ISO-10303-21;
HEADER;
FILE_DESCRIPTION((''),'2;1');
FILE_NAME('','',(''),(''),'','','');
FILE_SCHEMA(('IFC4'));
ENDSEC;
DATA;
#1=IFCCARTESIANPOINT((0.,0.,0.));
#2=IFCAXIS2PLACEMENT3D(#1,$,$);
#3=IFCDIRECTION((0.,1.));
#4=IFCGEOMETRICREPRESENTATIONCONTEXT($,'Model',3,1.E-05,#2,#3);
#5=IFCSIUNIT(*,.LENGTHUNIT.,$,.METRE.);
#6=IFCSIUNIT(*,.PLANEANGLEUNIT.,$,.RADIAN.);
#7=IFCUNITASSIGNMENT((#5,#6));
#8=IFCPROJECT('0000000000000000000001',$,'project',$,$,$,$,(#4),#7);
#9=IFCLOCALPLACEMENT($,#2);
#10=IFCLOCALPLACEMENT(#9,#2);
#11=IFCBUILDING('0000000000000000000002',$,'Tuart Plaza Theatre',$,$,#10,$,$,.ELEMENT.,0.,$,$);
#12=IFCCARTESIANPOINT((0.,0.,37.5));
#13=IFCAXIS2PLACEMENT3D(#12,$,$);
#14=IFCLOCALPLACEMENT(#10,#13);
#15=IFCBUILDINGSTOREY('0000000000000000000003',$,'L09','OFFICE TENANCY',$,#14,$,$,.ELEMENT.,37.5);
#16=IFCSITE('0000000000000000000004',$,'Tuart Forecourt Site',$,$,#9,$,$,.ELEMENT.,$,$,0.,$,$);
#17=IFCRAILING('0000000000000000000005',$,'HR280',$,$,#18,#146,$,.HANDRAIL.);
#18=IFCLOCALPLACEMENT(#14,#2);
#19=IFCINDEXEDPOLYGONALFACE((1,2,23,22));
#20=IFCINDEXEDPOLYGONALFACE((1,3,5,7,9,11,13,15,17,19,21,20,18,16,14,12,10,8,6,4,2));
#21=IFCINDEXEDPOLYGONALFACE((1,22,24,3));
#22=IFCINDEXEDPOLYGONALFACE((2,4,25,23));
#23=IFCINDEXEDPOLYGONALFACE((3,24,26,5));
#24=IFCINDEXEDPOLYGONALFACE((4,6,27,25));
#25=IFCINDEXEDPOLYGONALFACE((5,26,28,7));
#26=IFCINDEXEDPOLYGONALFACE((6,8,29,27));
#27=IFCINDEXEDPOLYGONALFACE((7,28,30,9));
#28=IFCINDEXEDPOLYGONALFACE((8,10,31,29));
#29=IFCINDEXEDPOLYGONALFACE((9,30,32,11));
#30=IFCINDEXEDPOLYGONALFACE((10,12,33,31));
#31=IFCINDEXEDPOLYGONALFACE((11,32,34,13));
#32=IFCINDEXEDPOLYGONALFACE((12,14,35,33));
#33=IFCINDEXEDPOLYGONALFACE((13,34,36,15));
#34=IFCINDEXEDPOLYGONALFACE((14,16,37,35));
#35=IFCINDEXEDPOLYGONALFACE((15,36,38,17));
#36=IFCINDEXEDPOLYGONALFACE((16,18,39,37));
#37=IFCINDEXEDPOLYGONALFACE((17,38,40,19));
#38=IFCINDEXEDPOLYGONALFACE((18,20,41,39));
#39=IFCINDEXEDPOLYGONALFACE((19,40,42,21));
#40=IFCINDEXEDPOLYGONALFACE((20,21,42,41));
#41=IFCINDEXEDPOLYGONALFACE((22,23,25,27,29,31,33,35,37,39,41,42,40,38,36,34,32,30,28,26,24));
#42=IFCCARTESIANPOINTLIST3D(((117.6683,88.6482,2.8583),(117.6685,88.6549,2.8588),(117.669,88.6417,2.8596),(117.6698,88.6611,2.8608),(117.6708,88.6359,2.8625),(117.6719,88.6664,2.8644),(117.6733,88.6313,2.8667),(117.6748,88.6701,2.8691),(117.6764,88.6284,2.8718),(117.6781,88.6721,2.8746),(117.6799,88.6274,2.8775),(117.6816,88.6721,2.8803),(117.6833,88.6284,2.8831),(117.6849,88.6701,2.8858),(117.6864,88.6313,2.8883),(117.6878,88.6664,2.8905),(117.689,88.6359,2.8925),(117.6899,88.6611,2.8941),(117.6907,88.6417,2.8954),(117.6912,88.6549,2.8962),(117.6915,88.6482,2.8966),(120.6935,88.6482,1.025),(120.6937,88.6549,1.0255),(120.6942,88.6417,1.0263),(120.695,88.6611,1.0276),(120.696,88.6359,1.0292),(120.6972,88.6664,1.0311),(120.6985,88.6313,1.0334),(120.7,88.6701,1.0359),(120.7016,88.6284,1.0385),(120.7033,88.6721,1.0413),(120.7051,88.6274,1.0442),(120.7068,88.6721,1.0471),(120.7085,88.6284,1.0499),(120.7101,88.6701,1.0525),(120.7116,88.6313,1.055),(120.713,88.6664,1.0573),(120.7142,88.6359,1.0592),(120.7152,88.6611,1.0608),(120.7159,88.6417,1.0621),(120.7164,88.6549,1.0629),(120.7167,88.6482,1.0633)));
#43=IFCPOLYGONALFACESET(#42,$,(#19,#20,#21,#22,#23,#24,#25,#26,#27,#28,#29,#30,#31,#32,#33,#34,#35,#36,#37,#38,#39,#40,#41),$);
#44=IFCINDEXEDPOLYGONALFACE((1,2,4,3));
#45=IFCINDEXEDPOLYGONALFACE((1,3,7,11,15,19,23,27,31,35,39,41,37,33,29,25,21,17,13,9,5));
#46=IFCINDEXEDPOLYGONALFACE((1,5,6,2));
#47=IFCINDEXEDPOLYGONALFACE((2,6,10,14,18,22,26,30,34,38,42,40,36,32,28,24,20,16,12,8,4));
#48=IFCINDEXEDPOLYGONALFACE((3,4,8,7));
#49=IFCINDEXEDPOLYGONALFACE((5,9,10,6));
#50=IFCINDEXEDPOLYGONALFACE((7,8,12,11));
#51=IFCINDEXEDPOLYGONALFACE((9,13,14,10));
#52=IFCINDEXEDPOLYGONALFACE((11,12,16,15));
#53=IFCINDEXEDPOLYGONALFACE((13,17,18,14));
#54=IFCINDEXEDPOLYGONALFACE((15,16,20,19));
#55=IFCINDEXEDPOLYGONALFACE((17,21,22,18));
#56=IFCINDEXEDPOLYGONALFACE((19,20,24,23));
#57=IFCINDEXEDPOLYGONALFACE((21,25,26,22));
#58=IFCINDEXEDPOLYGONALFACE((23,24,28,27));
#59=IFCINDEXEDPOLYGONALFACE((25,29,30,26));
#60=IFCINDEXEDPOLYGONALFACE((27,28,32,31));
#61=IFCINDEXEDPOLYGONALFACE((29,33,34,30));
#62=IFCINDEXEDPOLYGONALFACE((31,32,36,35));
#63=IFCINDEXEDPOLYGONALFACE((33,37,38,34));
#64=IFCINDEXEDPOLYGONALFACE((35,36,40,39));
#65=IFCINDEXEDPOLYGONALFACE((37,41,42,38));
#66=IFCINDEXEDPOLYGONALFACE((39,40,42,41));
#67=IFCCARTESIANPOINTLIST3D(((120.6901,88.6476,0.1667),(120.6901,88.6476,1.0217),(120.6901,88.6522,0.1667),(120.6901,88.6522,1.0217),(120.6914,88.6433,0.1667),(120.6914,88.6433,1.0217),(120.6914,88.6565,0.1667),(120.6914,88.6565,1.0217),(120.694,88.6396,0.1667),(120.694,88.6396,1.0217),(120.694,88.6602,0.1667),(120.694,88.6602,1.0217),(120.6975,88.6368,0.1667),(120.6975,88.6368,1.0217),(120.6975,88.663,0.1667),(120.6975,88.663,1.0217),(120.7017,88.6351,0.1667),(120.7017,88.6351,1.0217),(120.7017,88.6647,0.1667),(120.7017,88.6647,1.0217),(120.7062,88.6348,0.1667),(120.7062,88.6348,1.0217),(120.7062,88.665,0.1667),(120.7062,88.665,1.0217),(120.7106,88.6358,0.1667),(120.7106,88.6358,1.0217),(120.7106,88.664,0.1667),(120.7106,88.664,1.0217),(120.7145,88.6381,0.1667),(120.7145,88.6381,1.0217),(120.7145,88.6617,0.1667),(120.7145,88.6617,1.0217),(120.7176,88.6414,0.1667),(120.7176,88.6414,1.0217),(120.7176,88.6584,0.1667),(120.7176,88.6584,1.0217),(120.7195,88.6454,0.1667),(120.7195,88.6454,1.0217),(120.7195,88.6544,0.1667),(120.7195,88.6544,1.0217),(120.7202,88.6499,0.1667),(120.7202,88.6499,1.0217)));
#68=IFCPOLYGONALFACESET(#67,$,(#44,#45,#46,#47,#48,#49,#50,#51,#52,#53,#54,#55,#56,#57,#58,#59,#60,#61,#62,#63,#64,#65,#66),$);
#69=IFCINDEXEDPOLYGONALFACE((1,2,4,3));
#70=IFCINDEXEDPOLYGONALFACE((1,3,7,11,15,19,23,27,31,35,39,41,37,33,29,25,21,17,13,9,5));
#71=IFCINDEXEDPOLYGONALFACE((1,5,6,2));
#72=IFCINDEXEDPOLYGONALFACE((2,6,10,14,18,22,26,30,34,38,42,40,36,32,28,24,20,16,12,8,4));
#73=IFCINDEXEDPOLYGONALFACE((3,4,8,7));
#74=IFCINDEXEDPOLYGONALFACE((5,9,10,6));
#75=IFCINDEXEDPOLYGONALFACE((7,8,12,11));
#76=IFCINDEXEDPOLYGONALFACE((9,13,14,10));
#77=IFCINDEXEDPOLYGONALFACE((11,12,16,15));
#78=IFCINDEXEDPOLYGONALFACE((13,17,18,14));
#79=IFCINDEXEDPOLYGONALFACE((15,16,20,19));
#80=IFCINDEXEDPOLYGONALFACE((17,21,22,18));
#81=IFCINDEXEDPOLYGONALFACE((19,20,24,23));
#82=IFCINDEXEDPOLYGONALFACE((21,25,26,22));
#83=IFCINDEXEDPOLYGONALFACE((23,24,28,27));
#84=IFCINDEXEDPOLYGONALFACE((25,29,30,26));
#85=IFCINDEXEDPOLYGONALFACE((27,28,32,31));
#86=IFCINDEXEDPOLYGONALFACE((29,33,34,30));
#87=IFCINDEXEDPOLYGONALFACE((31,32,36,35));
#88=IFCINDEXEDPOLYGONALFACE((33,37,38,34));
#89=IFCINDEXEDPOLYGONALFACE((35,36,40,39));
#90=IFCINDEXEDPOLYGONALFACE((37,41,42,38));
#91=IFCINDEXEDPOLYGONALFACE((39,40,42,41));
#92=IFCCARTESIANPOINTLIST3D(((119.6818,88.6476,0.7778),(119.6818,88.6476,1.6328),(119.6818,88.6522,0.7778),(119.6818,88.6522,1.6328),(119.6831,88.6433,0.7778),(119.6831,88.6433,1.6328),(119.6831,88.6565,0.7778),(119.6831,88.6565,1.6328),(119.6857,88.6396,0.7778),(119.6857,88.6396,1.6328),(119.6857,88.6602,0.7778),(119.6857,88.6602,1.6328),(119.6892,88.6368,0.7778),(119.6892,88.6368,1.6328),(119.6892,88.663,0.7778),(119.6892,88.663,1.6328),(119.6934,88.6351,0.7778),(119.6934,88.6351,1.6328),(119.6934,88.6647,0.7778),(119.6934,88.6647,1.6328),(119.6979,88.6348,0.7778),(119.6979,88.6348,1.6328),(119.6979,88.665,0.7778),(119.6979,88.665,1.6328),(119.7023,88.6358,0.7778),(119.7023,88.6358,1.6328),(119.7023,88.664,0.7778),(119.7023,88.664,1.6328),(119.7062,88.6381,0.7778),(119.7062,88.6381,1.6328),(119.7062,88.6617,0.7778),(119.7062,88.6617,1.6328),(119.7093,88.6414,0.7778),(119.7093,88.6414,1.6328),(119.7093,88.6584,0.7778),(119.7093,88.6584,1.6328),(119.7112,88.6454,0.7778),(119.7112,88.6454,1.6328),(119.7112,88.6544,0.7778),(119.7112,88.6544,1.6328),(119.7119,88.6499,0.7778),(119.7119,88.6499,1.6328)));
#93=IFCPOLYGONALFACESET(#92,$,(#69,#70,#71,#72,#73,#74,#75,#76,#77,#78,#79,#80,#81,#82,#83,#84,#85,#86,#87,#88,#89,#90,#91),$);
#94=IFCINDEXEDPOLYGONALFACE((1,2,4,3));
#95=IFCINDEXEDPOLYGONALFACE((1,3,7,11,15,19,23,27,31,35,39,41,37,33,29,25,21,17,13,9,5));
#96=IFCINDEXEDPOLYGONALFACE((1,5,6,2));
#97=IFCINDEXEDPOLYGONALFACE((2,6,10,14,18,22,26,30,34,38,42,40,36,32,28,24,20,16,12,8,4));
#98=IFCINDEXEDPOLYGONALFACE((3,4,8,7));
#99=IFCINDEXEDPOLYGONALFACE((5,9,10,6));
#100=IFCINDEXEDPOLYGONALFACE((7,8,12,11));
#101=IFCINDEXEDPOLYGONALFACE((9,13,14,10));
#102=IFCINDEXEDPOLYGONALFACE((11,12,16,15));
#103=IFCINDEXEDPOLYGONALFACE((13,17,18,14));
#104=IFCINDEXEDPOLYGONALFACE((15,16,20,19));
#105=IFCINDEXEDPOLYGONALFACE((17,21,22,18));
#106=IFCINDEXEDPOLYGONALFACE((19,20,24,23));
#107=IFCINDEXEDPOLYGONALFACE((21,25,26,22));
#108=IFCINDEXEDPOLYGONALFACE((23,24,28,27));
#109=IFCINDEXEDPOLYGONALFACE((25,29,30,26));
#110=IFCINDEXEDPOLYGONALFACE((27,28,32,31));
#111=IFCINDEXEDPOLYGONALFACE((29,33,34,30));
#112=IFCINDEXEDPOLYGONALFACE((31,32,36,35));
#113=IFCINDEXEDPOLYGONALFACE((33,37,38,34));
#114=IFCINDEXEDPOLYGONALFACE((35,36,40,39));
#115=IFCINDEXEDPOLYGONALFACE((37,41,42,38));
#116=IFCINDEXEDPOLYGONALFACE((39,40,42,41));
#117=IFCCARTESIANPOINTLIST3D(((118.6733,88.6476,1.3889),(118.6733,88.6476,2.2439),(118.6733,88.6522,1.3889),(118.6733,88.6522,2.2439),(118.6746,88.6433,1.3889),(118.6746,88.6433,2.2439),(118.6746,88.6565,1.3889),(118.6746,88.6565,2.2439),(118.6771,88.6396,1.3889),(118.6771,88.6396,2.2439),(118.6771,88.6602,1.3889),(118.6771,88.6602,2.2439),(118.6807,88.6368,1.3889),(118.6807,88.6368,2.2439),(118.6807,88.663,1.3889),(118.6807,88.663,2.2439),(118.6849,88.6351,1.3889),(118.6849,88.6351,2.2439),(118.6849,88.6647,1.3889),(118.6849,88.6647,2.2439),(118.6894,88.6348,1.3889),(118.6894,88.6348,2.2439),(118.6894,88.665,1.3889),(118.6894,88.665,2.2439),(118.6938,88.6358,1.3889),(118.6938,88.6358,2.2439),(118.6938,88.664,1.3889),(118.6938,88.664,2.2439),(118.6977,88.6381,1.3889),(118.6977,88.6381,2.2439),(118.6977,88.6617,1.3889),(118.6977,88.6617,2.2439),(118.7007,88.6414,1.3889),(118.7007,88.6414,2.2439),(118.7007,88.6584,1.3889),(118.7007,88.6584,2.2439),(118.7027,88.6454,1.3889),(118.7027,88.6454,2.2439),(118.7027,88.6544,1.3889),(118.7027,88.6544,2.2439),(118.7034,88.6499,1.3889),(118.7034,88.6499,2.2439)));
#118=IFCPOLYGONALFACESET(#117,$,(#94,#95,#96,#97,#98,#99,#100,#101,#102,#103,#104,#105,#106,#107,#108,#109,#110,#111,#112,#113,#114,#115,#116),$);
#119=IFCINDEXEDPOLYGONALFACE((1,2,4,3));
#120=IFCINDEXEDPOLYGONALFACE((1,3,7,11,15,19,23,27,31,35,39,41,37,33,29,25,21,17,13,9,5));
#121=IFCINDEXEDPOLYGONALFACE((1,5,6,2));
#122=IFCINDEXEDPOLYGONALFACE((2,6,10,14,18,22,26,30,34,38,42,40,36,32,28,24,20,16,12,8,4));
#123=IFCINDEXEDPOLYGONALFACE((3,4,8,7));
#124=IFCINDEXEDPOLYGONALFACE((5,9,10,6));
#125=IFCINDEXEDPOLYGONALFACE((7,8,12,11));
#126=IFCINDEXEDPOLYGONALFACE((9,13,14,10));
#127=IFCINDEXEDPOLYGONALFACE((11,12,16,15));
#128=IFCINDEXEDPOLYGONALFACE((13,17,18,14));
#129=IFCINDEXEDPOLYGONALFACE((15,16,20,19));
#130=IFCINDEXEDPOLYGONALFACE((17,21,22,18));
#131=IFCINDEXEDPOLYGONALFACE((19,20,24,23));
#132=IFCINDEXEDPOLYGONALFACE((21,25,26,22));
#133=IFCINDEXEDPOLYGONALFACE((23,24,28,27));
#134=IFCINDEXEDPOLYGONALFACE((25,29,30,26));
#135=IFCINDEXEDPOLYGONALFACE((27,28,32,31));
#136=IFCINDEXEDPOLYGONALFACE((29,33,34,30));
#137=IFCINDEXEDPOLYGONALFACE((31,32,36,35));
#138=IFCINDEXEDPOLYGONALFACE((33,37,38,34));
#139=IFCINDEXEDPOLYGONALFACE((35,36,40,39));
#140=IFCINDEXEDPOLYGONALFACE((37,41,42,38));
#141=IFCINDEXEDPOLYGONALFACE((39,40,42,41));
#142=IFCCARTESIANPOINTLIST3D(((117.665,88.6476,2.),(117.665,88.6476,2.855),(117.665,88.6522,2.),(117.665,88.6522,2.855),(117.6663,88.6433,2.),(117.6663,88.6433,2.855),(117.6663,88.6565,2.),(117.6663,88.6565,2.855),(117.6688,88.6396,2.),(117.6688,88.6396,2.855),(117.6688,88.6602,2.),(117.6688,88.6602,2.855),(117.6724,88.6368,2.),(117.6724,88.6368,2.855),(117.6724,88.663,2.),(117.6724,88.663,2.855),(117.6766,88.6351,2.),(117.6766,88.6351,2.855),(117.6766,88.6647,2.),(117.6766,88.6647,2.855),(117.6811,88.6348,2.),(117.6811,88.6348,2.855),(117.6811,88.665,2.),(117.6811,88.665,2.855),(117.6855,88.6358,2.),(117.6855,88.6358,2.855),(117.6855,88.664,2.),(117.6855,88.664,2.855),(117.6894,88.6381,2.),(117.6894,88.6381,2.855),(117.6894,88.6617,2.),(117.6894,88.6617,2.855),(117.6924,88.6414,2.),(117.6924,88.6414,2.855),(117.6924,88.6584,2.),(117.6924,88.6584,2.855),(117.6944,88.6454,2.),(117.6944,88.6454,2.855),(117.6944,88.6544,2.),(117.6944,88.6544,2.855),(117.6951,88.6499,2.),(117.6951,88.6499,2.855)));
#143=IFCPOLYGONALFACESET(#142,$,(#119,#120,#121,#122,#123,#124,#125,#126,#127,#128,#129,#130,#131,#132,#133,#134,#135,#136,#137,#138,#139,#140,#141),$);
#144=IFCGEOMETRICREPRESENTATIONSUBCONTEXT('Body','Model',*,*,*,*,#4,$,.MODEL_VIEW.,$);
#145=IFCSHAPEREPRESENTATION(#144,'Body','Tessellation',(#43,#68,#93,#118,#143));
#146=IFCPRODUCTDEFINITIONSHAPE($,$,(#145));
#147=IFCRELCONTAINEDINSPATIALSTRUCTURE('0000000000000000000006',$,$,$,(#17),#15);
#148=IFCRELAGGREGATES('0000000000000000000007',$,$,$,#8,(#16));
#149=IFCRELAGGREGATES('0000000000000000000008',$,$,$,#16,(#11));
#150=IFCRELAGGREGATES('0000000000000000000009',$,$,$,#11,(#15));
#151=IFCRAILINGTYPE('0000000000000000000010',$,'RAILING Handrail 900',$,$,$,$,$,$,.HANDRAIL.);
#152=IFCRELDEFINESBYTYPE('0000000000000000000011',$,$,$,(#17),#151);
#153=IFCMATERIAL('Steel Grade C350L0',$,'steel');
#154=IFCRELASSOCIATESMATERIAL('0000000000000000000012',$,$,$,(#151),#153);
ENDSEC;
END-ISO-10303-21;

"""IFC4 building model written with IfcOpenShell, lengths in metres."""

from ifc_helpers import new_model, si_unit, direction, frame, origin, origin_2d, place, context, subcontext, project, spatial, circle, extrude, material, type_object, element, save


model = new_model("IFC4")

# Units and contexts
model_context = context("Model", 3, precision=1e-05, world=origin(), true_north=direction((0.0, 1.0)))
body_context = subcontext(model_context, "Body", "Model", "MODEL_VIEW")
ifc_project = project(units=[si_unit("LENGTHUNIT", "METRE"), si_unit("PLANEANGLEUNIT", "RADIAN")], contexts=[model_context])

# Site, building, storey
site_placement = place(None, origin())
site = spatial("IfcSite", under=ifc_project, at=site_placement, Name="Tuart Forecourt Site", CompositionType="ELEMENT", RefElevation=0.0)
building_placement = place(site_placement, origin())
building = spatial("IfcBuilding", under=site, at=building_placement, Name="Tuart Plaza Theatre", CompositionType="ELEMENT", ElevationOfRefHeight=0.0)
storey_placement = place(building_placement, frame((0.0, 0.0, 37.5)))
storey = spatial("IfcBuildingStorey", under=building, at=storey_placement, Name="L09", Description="OFFICE TENANCY", CompositionType="ELEMENT", Elevation=37.5)

# Railing
ifc_material_1 = material(Name="Steel Grade C350L0", Category="steel")
railing_type_1 = type_object("IfcRailingType", Name="RAILING Handrail 900", PredefinedType="HANDRAIL", material=ifc_material_1)
for number, where, name in (
    (1, (120.7051, 88.6499, 0.1667), "HR280"),
):
    element("IfcRailing", number, at=place(storey_placement, frame(where)), inside=storey, type_object=railing_type_1, Name=name, PredefinedType="HANDRAIL", context=body_context, shape_type="SweptSolid", body=[
        extrude(circle(Radius=0.0225, at=origin_2d()), frame((0.0, 0.0, 0.8774), z_axis=(-0.855219, 0.0, 0.518267), x_axis=(0.0, -1.0, 0.0)), (0.0, 0.0, 1.0), 3.5374),
        extrude(circle(Radius=0.0151, at=origin_2d()), origin(), (0.0, 0.0, 1.0), 0.855),
        extrude(circle(Radius=0.0151, at=origin_2d()), frame((-1.0083, 0.0, 0.6111)), (0.0, 0.0, 1.0), 0.855),
        extrude(circle(Radius=0.0151, at=origin_2d()), frame((-2.0168, 0.0, 1.2222)), (0.0, 0.0, 1.0), 0.855),
        extrude(circle(Radius=0.0151, at=origin_2d()), frame((-3.0251, 0.0, 1.8333)), (0.0, 0.0, 1.0), 0.855),
    ])

save(model, "model.ifc")
